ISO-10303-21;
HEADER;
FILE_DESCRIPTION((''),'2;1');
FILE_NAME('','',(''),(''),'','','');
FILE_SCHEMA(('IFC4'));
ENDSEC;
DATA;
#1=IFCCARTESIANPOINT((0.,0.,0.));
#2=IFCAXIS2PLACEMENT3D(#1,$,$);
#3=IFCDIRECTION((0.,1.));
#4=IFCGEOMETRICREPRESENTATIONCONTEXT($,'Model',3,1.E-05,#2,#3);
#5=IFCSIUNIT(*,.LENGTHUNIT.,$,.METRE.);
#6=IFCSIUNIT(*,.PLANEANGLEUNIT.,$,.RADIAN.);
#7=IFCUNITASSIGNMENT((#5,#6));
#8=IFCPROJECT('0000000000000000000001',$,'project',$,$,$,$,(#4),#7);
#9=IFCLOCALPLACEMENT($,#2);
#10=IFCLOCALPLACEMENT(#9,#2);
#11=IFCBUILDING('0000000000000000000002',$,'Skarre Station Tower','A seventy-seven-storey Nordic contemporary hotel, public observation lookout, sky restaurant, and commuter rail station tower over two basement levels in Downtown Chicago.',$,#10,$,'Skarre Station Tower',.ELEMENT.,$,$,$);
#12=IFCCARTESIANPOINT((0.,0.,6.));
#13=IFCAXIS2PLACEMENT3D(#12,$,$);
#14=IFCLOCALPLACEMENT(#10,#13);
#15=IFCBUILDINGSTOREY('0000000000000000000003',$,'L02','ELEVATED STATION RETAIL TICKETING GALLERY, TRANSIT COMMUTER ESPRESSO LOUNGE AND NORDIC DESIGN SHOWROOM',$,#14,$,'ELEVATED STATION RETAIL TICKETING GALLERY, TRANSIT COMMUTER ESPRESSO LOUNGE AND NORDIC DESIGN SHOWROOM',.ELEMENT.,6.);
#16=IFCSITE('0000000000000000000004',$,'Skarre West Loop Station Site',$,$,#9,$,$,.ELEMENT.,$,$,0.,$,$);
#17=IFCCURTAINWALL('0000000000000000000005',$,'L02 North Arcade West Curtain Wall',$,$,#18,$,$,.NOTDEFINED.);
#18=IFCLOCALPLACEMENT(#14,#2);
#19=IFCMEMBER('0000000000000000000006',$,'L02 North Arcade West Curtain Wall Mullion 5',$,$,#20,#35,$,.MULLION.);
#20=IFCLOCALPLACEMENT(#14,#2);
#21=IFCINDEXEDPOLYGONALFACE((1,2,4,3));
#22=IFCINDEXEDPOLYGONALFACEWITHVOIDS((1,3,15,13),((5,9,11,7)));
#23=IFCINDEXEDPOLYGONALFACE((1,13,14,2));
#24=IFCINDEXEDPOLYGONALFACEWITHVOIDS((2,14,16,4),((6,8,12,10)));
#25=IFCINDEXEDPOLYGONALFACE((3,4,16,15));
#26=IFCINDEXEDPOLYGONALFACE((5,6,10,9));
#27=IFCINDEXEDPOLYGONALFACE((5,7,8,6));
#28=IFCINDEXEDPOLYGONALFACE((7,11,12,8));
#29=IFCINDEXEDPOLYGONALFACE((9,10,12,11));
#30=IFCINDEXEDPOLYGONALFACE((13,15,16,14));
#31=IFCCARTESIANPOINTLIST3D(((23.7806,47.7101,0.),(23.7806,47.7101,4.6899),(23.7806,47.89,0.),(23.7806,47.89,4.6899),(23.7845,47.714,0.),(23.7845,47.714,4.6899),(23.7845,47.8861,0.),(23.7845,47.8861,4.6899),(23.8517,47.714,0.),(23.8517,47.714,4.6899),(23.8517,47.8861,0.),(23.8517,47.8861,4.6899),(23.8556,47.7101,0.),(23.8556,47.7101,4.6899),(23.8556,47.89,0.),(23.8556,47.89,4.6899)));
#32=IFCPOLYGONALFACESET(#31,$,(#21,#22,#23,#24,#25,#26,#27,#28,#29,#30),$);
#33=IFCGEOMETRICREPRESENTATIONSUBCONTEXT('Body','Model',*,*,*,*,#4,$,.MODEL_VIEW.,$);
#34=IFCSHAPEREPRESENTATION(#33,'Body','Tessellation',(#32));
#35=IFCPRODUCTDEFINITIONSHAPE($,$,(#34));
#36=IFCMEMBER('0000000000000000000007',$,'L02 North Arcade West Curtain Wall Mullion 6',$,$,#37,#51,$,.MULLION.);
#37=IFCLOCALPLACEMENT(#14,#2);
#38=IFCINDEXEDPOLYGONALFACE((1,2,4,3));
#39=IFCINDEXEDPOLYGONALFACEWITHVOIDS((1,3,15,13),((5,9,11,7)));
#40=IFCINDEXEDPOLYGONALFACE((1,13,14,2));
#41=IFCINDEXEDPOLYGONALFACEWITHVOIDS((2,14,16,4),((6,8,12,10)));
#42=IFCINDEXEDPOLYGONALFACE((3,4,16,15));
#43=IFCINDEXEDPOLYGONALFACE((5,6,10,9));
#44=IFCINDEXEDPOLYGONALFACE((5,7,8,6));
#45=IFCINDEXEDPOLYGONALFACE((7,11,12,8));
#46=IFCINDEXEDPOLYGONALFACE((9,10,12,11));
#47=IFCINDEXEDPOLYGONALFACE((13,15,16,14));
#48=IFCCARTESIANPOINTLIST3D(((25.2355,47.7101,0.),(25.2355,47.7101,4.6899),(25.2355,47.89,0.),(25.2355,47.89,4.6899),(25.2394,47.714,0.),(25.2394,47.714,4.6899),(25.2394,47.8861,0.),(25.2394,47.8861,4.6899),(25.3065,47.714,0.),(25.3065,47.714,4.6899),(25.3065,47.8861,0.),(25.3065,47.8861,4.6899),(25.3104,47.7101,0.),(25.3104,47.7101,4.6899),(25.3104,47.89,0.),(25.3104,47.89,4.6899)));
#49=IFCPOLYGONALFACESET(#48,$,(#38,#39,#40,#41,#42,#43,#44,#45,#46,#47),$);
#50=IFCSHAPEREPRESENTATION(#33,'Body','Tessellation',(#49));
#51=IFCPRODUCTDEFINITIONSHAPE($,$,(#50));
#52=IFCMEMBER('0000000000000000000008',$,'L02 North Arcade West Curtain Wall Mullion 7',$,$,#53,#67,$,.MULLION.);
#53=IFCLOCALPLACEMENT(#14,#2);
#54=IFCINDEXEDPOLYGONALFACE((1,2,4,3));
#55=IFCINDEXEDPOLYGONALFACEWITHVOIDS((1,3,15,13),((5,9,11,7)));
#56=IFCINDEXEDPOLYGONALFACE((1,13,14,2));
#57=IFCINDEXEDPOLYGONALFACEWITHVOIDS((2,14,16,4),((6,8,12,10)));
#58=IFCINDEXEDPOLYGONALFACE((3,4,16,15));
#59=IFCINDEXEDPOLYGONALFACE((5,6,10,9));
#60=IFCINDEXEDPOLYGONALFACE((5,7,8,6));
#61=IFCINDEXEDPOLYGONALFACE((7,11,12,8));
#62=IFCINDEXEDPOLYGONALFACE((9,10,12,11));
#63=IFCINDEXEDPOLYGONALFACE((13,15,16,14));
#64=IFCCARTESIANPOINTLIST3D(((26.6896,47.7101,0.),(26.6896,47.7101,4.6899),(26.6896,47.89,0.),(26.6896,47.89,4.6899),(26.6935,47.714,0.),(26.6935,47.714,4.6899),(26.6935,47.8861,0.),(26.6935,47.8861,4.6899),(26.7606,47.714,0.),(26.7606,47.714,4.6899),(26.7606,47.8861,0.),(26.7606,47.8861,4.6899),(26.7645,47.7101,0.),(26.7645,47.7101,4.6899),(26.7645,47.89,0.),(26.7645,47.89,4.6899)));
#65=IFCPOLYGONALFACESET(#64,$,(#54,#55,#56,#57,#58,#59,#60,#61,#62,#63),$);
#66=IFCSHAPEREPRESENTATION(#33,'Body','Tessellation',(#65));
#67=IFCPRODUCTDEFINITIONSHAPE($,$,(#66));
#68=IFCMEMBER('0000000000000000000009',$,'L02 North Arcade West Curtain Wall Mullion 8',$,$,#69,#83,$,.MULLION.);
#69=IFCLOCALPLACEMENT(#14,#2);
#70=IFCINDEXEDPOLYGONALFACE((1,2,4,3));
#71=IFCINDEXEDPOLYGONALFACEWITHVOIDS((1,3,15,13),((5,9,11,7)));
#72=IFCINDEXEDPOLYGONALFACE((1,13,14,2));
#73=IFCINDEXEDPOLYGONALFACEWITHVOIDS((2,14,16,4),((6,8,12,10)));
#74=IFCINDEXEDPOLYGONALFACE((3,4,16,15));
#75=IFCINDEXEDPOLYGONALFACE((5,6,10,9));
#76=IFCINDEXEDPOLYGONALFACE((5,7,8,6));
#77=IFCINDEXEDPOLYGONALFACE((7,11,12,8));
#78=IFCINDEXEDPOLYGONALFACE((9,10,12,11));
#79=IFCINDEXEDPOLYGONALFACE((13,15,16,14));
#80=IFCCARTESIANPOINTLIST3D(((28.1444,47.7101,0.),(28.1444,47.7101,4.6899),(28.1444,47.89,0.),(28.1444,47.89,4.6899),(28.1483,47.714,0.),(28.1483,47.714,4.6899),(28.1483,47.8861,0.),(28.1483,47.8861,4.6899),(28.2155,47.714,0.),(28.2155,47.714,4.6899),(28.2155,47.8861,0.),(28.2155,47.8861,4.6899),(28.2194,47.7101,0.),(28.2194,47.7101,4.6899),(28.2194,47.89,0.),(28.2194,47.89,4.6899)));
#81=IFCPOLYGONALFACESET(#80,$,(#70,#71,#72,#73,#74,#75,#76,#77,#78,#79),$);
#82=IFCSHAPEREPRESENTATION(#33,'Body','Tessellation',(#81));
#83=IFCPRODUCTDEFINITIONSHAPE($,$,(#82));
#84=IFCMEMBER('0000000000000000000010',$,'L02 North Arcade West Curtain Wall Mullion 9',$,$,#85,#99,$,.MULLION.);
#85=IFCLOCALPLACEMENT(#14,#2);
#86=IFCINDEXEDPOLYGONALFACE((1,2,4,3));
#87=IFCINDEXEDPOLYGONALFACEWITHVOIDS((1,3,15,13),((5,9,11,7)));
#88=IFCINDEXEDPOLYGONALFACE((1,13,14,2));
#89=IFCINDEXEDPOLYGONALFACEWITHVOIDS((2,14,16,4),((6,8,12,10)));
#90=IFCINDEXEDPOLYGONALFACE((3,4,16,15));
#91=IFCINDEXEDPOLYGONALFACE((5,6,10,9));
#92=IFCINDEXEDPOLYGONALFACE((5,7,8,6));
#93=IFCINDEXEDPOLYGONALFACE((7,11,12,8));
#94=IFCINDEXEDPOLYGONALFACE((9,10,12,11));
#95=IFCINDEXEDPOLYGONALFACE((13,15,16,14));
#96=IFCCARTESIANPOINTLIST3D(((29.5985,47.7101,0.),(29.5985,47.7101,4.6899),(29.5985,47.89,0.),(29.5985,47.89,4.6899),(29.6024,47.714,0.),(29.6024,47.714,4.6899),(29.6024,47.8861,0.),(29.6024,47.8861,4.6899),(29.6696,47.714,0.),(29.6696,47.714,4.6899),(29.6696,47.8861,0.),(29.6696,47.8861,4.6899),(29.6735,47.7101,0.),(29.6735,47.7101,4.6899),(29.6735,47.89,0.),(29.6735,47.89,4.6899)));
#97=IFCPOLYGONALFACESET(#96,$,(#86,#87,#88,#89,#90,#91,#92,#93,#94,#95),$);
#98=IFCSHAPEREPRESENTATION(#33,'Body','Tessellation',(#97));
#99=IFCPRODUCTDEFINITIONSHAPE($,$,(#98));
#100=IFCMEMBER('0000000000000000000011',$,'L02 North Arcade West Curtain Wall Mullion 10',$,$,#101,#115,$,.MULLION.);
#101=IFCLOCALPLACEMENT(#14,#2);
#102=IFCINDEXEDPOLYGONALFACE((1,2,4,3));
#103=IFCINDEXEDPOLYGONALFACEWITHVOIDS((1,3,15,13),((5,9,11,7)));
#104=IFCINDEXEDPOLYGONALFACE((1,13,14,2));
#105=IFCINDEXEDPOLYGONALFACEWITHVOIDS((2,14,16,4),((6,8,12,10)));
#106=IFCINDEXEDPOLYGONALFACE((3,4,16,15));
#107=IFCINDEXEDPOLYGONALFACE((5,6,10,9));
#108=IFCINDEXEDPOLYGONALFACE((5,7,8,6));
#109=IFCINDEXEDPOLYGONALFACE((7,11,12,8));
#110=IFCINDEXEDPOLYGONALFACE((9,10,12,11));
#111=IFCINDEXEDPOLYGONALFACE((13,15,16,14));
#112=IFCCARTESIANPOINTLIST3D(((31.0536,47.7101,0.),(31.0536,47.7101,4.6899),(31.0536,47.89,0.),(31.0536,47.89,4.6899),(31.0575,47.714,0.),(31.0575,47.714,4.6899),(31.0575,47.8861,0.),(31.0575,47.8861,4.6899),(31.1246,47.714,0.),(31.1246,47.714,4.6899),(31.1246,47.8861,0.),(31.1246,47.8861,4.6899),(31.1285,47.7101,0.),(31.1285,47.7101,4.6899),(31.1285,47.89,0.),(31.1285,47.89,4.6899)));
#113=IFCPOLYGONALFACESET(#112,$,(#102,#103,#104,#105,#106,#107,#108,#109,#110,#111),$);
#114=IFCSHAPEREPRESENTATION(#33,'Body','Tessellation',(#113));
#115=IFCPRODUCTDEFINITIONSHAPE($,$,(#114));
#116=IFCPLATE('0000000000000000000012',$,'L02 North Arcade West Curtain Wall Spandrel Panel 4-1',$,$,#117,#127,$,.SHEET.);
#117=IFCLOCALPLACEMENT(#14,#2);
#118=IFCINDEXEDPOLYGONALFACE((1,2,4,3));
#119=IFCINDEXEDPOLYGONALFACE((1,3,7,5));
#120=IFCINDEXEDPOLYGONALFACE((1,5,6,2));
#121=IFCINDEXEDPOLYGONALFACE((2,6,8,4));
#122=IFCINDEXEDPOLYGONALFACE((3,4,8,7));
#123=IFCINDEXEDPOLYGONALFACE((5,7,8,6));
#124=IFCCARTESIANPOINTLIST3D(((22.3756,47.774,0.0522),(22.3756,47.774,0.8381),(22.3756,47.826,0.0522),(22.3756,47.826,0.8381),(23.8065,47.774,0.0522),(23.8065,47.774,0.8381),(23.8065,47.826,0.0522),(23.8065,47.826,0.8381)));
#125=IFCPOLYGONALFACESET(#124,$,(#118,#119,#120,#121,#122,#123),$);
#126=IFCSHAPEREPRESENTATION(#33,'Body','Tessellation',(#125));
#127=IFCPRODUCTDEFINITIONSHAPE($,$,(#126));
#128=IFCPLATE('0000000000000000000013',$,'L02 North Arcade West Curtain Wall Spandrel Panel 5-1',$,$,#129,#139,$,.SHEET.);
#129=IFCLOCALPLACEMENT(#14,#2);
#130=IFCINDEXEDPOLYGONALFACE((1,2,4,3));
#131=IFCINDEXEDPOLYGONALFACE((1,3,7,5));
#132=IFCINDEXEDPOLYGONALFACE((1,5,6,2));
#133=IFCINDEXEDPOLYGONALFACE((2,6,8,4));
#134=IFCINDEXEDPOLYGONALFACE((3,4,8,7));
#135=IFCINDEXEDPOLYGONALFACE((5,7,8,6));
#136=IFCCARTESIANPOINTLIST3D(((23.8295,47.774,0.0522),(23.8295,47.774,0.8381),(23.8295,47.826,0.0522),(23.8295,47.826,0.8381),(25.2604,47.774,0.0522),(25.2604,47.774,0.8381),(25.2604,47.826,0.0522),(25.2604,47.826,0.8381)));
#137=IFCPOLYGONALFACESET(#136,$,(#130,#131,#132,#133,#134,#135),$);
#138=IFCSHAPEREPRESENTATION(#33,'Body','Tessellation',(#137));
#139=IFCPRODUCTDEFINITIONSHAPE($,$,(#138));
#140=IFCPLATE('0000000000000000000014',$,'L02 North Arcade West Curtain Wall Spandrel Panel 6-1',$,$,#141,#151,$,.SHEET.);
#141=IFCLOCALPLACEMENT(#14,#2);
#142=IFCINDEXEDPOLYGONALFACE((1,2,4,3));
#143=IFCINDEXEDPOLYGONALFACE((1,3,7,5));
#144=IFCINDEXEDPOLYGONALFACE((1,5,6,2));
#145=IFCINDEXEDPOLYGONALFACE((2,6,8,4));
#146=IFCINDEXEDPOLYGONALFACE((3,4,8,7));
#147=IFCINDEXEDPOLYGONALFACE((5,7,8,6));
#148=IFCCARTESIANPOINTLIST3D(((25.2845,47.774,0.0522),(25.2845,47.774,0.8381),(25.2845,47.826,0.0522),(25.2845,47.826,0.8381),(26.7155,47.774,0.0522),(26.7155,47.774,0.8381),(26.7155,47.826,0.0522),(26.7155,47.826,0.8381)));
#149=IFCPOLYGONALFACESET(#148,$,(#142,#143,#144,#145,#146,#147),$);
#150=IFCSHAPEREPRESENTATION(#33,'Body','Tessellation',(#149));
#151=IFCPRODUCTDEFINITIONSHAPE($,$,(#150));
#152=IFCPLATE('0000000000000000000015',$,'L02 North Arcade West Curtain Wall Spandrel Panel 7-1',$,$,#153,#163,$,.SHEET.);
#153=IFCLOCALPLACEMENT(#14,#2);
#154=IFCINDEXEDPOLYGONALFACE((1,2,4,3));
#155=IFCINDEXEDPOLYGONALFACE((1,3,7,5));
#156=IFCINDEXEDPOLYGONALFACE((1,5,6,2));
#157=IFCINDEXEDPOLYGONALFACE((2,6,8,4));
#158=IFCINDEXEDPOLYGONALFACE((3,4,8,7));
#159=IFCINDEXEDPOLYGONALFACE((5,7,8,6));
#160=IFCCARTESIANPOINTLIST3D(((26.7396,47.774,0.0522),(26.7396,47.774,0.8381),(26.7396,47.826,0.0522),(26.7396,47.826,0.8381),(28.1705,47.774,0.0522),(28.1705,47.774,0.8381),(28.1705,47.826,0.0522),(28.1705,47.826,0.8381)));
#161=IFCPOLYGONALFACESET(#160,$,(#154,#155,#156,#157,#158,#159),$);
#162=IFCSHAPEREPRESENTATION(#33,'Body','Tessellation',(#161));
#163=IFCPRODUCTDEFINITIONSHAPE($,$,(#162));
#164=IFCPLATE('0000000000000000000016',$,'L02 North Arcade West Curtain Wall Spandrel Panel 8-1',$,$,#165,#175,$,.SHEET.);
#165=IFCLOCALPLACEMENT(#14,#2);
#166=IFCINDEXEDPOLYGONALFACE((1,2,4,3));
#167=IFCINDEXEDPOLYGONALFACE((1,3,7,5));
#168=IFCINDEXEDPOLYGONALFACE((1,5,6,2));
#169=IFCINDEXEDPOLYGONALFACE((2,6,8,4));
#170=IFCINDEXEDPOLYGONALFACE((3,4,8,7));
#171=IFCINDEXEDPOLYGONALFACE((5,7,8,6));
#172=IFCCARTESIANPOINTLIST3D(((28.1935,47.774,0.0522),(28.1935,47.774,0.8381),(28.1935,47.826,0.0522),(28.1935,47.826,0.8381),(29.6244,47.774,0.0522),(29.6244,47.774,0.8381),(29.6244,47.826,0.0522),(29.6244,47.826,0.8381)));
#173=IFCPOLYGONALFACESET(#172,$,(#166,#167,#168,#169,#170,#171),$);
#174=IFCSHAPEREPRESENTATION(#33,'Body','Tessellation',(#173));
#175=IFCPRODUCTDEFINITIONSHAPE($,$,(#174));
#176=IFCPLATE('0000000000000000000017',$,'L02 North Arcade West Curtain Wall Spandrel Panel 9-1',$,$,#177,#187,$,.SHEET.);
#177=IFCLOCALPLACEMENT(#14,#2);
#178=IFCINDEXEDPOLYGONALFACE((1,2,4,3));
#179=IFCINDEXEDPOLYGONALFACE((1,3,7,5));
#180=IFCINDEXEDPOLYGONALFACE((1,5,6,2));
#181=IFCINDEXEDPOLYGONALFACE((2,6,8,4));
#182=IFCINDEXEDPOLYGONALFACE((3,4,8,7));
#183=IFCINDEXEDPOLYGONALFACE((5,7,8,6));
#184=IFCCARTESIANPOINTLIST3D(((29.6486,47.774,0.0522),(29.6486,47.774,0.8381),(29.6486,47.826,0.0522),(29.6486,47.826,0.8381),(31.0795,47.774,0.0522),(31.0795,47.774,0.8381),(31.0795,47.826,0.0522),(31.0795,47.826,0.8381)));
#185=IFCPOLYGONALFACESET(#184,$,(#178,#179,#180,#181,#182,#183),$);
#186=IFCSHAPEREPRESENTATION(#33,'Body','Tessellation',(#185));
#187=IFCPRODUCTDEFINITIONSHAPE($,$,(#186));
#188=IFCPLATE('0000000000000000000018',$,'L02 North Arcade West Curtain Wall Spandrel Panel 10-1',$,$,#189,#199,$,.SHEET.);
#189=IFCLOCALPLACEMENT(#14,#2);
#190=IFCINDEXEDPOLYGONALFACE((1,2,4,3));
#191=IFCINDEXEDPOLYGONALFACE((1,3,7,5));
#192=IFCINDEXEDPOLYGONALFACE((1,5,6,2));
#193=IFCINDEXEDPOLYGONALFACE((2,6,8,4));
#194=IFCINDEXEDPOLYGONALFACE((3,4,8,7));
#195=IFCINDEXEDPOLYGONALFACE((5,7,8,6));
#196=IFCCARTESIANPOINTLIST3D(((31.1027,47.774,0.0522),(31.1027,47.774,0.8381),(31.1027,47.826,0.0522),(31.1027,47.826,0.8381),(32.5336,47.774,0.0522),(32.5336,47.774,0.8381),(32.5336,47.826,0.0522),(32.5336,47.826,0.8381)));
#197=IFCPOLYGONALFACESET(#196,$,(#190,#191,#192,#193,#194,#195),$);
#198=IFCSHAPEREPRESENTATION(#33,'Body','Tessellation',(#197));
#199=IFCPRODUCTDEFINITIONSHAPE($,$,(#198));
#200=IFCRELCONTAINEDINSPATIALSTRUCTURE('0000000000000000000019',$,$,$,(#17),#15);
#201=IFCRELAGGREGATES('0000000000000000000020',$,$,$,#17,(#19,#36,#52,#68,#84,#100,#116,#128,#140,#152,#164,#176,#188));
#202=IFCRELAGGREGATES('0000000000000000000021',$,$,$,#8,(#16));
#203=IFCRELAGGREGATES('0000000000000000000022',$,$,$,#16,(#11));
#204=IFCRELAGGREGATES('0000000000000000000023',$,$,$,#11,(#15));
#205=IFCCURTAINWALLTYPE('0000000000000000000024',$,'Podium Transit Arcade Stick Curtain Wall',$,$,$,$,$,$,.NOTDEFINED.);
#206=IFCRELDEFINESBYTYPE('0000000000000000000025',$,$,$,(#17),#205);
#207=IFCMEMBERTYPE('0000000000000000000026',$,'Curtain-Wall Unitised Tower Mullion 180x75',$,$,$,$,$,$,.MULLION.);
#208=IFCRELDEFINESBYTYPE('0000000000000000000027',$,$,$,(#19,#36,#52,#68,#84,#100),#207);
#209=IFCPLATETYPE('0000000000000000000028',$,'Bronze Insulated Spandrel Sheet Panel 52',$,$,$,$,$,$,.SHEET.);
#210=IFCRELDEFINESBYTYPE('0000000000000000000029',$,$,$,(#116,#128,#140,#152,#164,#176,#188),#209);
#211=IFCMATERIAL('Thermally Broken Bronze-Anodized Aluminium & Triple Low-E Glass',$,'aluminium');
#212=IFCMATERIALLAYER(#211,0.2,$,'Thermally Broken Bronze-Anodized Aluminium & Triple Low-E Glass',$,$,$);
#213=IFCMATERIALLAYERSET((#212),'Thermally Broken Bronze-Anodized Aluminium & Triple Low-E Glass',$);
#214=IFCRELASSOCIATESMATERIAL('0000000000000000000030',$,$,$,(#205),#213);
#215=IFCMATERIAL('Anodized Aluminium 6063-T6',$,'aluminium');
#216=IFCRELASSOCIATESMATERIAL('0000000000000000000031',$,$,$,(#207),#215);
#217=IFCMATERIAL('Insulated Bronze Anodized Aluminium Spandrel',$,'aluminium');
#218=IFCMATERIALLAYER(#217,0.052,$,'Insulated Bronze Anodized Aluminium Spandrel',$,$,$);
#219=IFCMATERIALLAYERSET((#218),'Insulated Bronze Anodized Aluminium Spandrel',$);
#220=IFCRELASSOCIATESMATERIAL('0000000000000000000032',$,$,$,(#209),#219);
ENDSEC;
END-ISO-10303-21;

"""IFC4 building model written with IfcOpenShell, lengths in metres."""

from ifc_helpers import new_model, si_unit, direction, frame, origin, origin_2d, place, context, subcontext, project, spatial, rectangle, hollow_rectangle, extrude, material, layer, layer_set, material_profile, profile_set, type_object, element, aggregate, save


model = new_model("IFC4")

# Units and contexts
model_context = context("Model", 3, precision=1e-05, world=origin(), true_north=direction((0.0, 1.0)))
body_context = subcontext(model_context, "Body", "Model", "MODEL_VIEW")
ifc_project = project(units=[si_unit("LENGTHUNIT", "METRE"), si_unit("PLANEANGLEUNIT", "RADIAN")], contexts=[model_context])

# Site, building, storey
site_placement = place(None, origin())
site = spatial("IfcSite", under=ifc_project, at=site_placement, Name="Skarre West Loop Station Site", CompositionType="ELEMENT", RefElevation=0.0)
building_placement = place(site_placement, origin())
building = spatial("IfcBuilding", under=site, at=building_placement, Name="Skarre Station Tower", Description="A seventy-seven-storey Nordic contemporary hotel, public observation lookout, sky restaurant, and commuter rail station tower over two basement levels in Downtown Chicago.", LongName="Skarre Station Tower", CompositionType="ELEMENT")
storey_placement = place(building_placement, frame((0.0, 0.0, 6.0)))
storey = spatial("IfcBuildingStorey", under=building, at=storey_placement, Name="L02", Description="ELEVATED STATION RETAIL TICKETING GALLERY, TRANSIT COMMUTER ESPRESSO LOUNGE AND NORDIC DESIGN SHOWROOM", LongName="ELEVATED STATION RETAIL TICKETING GALLERY, TRANSIT COMMUTER ESPRESSO LOUNGE AND NORDIC DESIGN SHOWROOM", CompositionType="ELEMENT", Elevation=6.0)

# Curtain wall, members, plates
ifc_material_1 = material(Name="Thermally Broken Bronze-Anodized Aluminium & Triple Low-E Glass", Category="aluminium")
ifc_layer_1 = layer(ifc_material_1, 0.2, Name="Thermally Broken Bronze-Anodized Aluminium & Triple Low-E Glass")
ifc_layer_set_1 = layer_set([ifc_layer_1], Name="Thermally Broken Bronze-Anodized Aluminium & Triple Low-E Glass")
curtain_wall_type = type_object("IfcCurtainWallType", Name="Podium Transit Arcade Stick Curtain Wall", PredefinedType="NOTDEFINED", material=ifc_layer_set_1)
curtain_wall_placement = place(storey_placement, origin())
curtain_wall = element("IfcCurtainWall", 1, at=curtain_wall_placement, inside=storey, type_object=curtain_wall_type, Name="L02 North Arcade West Curtain Wall", PredefinedType="NOTDEFINED")
ifc_material_2 = material(Name="Anodized Aluminium 6063-T6", Category="aluminium")
ifc_material_profile = material_profile(ifc_material_2, hollow_rectangle(XDim=0.075, YDim=0.1799, WallThickness=0.0039, at=origin_2d()), Name="Anodized Aluminium 6063-T6")
ifc_profile_set = profile_set([ifc_material_profile], Name="Anodized Aluminium 6063-T6")
member_type = type_object("IfcMemberType", Name="Curtain-Wall Unitised Tower Mullion 180x75", PredefinedType="MULLION", material=ifc_profile_set)
member_1_placement = place(storey_placement, frame((23.8181, 47.8, 0.0), z_axis=(0.0, 0.0, 1.0), x_axis=(1.0, 0.0, 0.0)))
member_1 = element("IfcMember", 2, at=member_1_placement, type_object=member_type, Name="L02 North Arcade West Curtain Wall Mullion 5", PredefinedType="MULLION", context=body_context, shape_type="SweptSolid", body=[
    extrude(hollow_rectangle(XDim=0.075, YDim=0.1799, WallThickness=0.0039, at=origin_2d()), origin(), (0.0, 0.0, 1.0), 4.6899),
])
member_2_placement = place(storey_placement, frame((25.2729, 47.8, 0.0), z_axis=(0.0, 0.0, 1.0), x_axis=(1.0, 0.0, 0.0)))
member_2 = element("IfcMember", 3, at=member_2_placement, type_object=member_type, Name="L02 North Arcade West Curtain Wall Mullion 6", PredefinedType="MULLION", context=body_context, shape_type="SweptSolid", body=[
    extrude(hollow_rectangle(XDim=0.075, YDim=0.1799, WallThickness=0.0039, at=origin_2d()), origin(), (0.0, 0.0, 1.0), 4.6899),
])
member_3_placement = place(storey_placement, frame((26.7271, 47.8, 0.0), z_axis=(0.0, 0.0, 1.0), x_axis=(1.0, 0.0, 0.0)))
member_3 = element("IfcMember", 4, at=member_3_placement, type_object=member_type, Name="L02 North Arcade West Curtain Wall Mullion 7", PredefinedType="MULLION", context=body_context, shape_type="SweptSolid", body=[
    extrude(hollow_rectangle(XDim=0.075, YDim=0.1799, WallThickness=0.0039, at=origin_2d()), origin(), (0.0, 0.0, 1.0), 4.6899),
])
member_4_placement = place(storey_placement, frame((28.1819, 47.8, 0.0), z_axis=(0.0, 0.0, 1.0), x_axis=(1.0, 0.0, 0.0)))
member_4 = element("IfcMember", 5, at=member_4_placement, type_object=member_type, Name="L02 North Arcade West Curtain Wall Mullion 8", PredefinedType="MULLION", context=body_context, shape_type="SweptSolid", body=[
    extrude(hollow_rectangle(XDim=0.075, YDim=0.1799, WallThickness=0.0039, at=origin_2d()), origin(), (0.0, 0.0, 1.0), 4.6899),
])
member_5_placement = place(storey_placement, frame((29.636, 47.8, 0.0), z_axis=(0.0, 0.0, 1.0), x_axis=(1.0, 0.0, 0.0)))
member_5 = element("IfcMember", 6, at=member_5_placement, type_object=member_type, Name="L02 North Arcade West Curtain Wall Mullion 9", PredefinedType="MULLION", context=body_context, shape_type="SweptSolid", body=[
    extrude(hollow_rectangle(XDim=0.075, YDim=0.1799, WallThickness=0.0039, at=origin_2d()), origin(), (0.0, 0.0, 1.0), 4.6899),
])
member_6_placement = place(storey_placement, frame((31.0911, 47.8, 0.0), z_axis=(0.0, 0.0, 1.0), x_axis=(1.0, 0.0, 0.0)))
member_6 = element("IfcMember", 7, at=member_6_placement, type_object=member_type, Name="L02 North Arcade West Curtain Wall Mullion 10", PredefinedType="MULLION", context=body_context, shape_type="SweptSolid", body=[
    extrude(hollow_rectangle(XDim=0.075, YDim=0.1799, WallThickness=0.0039, at=origin_2d()), origin(), (0.0, 0.0, 1.0), 4.6899),
])
ifc_material_3 = material(Name="Insulated Bronze Anodized Aluminium Spandrel", Category="aluminium")
ifc_layer_2 = layer(ifc_material_3, 0.052, Name="Insulated Bronze Anodized Aluminium Spandrel")
ifc_layer_set_2 = layer_set([ifc_layer_2], Name="Insulated Bronze Anodized Aluminium Spandrel")
plate_type_1 = type_object("IfcPlateType", Name="Bronze Insulated Spandrel Sheet Panel 52", PredefinedType="SHEET", material=ifc_layer_set_2)
plate_1_placement = place(storey_placement, frame((23.0911, 47.8, 0.0522), z_axis=(0.0, 0.0, 1.0), x_axis=(1.0, 0.0, 0.0)))
plate_1 = element("IfcPlate", 8, at=plate_1_placement, type_object=plate_type_1, Name="L02 North Arcade West Curtain Wall Spandrel Panel 4-1", PredefinedType="SHEET", context=body_context, shape_type="SweptSolid", body=[
    extrude(rectangle(XDim=1.4309, YDim=0.052, at=origin_2d()), origin(), (0.0, 0.0, 1.0), 0.7859),
])
plate_2_placement = place(storey_placement, frame((24.5449, 47.8, 0.0522), z_axis=(0.0, 0.0, 1.0), x_axis=(1.0, 0.0, 0.0)))
plate_2 = element("IfcPlate", 9, at=plate_2_placement, type_object=plate_type_1, Name="L02 North Arcade West Curtain Wall Spandrel Panel 5-1", PredefinedType="SHEET", context=body_context, shape_type="SweptSolid", body=[
    extrude(rectangle(XDim=1.4309, YDim=0.052, at=origin_2d()), origin(), (0.0, 0.0, 1.0), 0.7859),
])
plate_3_placement = place(storey_placement, frame((26.0, 47.8, 0.0522), z_axis=(0.0, 0.0, 1.0), x_axis=(1.0, 0.0, 0.0)))
plate_3 = element("IfcPlate", 10, at=plate_3_placement, type_object=plate_type_1, Name="L02 North Arcade West Curtain Wall Spandrel Panel 6-1", PredefinedType="SHEET", context=body_context, shape_type="SweptSolid", body=[
    extrude(rectangle(XDim=1.4309, YDim=0.052, at=origin_2d()), origin(), (0.0, 0.0, 1.0), 0.7859),
])
plate_4_placement = place(storey_placement, frame((27.4551, 47.8, 0.0522), z_axis=(0.0, 0.0, 1.0), x_axis=(1.0, 0.0, 0.0)))
plate_4 = element("IfcPlate", 11, at=plate_4_placement, type_object=plate_type_1, Name="L02 North Arcade West Curtain Wall Spandrel Panel 7-1", PredefinedType="SHEET", context=body_context, shape_type="SweptSolid", body=[
    extrude(rectangle(XDim=1.4309, YDim=0.052, at=origin_2d()), origin(), (0.0, 0.0, 1.0), 0.7859),
])
plate_5_placement = place(storey_placement, frame((28.9089, 47.8, 0.0522), z_axis=(0.0, 0.0, 1.0), x_axis=(1.0, 0.0, 0.0)))
plate_5 = element("IfcPlate", 12, at=plate_5_placement, type_object=plate_type_1, Name="L02 North Arcade West Curtain Wall Spandrel Panel 8-1", PredefinedType="SHEET", context=body_context, shape_type="SweptSolid", body=[
    extrude(rectangle(XDim=1.4309, YDim=0.052, at=origin_2d()), origin(), (0.0, 0.0, 1.0), 0.7859),
])
plate_6_placement = place(storey_placement, frame((30.364, 47.8, 0.0522), z_axis=(0.0, 0.0, 1.0), x_axis=(1.0, 0.0, 0.0)))
plate_6 = element("IfcPlate", 13, at=plate_6_placement, type_object=plate_type_1, Name="L02 North Arcade West Curtain Wall Spandrel Panel 9-1", PredefinedType="SHEET", context=body_context, shape_type="SweptSolid", body=[
    extrude(rectangle(XDim=1.4309, YDim=0.052, at=origin_2d()), origin(), (0.0, 0.0, 1.0), 0.7859),
])
plate_7_placement = place(storey_placement, frame((31.8181, 47.8, 0.0522), z_axis=(0.0, 0.0, 1.0), x_axis=(1.0, 0.0, 0.0)))
plate_7 = element("IfcPlate", 14, at=plate_7_placement, type_object=plate_type_1, Name="L02 North Arcade West Curtain Wall Spandrel Panel 10-1", PredefinedType="SHEET", context=body_context, shape_type="SweptSolid", body=[
    extrude(rectangle(XDim=1.4309, YDim=0.052, at=origin_2d()), origin(), (0.0, 0.0, 1.0), 0.7859),
])
aggregate(curtain_wall, [member_1, member_2, member_3, member_4, member_5, member_6, plate_1, plate_2, plate_3, plate_4, plate_5, plate_6, plate_7])

save(model, "model.ifc")
